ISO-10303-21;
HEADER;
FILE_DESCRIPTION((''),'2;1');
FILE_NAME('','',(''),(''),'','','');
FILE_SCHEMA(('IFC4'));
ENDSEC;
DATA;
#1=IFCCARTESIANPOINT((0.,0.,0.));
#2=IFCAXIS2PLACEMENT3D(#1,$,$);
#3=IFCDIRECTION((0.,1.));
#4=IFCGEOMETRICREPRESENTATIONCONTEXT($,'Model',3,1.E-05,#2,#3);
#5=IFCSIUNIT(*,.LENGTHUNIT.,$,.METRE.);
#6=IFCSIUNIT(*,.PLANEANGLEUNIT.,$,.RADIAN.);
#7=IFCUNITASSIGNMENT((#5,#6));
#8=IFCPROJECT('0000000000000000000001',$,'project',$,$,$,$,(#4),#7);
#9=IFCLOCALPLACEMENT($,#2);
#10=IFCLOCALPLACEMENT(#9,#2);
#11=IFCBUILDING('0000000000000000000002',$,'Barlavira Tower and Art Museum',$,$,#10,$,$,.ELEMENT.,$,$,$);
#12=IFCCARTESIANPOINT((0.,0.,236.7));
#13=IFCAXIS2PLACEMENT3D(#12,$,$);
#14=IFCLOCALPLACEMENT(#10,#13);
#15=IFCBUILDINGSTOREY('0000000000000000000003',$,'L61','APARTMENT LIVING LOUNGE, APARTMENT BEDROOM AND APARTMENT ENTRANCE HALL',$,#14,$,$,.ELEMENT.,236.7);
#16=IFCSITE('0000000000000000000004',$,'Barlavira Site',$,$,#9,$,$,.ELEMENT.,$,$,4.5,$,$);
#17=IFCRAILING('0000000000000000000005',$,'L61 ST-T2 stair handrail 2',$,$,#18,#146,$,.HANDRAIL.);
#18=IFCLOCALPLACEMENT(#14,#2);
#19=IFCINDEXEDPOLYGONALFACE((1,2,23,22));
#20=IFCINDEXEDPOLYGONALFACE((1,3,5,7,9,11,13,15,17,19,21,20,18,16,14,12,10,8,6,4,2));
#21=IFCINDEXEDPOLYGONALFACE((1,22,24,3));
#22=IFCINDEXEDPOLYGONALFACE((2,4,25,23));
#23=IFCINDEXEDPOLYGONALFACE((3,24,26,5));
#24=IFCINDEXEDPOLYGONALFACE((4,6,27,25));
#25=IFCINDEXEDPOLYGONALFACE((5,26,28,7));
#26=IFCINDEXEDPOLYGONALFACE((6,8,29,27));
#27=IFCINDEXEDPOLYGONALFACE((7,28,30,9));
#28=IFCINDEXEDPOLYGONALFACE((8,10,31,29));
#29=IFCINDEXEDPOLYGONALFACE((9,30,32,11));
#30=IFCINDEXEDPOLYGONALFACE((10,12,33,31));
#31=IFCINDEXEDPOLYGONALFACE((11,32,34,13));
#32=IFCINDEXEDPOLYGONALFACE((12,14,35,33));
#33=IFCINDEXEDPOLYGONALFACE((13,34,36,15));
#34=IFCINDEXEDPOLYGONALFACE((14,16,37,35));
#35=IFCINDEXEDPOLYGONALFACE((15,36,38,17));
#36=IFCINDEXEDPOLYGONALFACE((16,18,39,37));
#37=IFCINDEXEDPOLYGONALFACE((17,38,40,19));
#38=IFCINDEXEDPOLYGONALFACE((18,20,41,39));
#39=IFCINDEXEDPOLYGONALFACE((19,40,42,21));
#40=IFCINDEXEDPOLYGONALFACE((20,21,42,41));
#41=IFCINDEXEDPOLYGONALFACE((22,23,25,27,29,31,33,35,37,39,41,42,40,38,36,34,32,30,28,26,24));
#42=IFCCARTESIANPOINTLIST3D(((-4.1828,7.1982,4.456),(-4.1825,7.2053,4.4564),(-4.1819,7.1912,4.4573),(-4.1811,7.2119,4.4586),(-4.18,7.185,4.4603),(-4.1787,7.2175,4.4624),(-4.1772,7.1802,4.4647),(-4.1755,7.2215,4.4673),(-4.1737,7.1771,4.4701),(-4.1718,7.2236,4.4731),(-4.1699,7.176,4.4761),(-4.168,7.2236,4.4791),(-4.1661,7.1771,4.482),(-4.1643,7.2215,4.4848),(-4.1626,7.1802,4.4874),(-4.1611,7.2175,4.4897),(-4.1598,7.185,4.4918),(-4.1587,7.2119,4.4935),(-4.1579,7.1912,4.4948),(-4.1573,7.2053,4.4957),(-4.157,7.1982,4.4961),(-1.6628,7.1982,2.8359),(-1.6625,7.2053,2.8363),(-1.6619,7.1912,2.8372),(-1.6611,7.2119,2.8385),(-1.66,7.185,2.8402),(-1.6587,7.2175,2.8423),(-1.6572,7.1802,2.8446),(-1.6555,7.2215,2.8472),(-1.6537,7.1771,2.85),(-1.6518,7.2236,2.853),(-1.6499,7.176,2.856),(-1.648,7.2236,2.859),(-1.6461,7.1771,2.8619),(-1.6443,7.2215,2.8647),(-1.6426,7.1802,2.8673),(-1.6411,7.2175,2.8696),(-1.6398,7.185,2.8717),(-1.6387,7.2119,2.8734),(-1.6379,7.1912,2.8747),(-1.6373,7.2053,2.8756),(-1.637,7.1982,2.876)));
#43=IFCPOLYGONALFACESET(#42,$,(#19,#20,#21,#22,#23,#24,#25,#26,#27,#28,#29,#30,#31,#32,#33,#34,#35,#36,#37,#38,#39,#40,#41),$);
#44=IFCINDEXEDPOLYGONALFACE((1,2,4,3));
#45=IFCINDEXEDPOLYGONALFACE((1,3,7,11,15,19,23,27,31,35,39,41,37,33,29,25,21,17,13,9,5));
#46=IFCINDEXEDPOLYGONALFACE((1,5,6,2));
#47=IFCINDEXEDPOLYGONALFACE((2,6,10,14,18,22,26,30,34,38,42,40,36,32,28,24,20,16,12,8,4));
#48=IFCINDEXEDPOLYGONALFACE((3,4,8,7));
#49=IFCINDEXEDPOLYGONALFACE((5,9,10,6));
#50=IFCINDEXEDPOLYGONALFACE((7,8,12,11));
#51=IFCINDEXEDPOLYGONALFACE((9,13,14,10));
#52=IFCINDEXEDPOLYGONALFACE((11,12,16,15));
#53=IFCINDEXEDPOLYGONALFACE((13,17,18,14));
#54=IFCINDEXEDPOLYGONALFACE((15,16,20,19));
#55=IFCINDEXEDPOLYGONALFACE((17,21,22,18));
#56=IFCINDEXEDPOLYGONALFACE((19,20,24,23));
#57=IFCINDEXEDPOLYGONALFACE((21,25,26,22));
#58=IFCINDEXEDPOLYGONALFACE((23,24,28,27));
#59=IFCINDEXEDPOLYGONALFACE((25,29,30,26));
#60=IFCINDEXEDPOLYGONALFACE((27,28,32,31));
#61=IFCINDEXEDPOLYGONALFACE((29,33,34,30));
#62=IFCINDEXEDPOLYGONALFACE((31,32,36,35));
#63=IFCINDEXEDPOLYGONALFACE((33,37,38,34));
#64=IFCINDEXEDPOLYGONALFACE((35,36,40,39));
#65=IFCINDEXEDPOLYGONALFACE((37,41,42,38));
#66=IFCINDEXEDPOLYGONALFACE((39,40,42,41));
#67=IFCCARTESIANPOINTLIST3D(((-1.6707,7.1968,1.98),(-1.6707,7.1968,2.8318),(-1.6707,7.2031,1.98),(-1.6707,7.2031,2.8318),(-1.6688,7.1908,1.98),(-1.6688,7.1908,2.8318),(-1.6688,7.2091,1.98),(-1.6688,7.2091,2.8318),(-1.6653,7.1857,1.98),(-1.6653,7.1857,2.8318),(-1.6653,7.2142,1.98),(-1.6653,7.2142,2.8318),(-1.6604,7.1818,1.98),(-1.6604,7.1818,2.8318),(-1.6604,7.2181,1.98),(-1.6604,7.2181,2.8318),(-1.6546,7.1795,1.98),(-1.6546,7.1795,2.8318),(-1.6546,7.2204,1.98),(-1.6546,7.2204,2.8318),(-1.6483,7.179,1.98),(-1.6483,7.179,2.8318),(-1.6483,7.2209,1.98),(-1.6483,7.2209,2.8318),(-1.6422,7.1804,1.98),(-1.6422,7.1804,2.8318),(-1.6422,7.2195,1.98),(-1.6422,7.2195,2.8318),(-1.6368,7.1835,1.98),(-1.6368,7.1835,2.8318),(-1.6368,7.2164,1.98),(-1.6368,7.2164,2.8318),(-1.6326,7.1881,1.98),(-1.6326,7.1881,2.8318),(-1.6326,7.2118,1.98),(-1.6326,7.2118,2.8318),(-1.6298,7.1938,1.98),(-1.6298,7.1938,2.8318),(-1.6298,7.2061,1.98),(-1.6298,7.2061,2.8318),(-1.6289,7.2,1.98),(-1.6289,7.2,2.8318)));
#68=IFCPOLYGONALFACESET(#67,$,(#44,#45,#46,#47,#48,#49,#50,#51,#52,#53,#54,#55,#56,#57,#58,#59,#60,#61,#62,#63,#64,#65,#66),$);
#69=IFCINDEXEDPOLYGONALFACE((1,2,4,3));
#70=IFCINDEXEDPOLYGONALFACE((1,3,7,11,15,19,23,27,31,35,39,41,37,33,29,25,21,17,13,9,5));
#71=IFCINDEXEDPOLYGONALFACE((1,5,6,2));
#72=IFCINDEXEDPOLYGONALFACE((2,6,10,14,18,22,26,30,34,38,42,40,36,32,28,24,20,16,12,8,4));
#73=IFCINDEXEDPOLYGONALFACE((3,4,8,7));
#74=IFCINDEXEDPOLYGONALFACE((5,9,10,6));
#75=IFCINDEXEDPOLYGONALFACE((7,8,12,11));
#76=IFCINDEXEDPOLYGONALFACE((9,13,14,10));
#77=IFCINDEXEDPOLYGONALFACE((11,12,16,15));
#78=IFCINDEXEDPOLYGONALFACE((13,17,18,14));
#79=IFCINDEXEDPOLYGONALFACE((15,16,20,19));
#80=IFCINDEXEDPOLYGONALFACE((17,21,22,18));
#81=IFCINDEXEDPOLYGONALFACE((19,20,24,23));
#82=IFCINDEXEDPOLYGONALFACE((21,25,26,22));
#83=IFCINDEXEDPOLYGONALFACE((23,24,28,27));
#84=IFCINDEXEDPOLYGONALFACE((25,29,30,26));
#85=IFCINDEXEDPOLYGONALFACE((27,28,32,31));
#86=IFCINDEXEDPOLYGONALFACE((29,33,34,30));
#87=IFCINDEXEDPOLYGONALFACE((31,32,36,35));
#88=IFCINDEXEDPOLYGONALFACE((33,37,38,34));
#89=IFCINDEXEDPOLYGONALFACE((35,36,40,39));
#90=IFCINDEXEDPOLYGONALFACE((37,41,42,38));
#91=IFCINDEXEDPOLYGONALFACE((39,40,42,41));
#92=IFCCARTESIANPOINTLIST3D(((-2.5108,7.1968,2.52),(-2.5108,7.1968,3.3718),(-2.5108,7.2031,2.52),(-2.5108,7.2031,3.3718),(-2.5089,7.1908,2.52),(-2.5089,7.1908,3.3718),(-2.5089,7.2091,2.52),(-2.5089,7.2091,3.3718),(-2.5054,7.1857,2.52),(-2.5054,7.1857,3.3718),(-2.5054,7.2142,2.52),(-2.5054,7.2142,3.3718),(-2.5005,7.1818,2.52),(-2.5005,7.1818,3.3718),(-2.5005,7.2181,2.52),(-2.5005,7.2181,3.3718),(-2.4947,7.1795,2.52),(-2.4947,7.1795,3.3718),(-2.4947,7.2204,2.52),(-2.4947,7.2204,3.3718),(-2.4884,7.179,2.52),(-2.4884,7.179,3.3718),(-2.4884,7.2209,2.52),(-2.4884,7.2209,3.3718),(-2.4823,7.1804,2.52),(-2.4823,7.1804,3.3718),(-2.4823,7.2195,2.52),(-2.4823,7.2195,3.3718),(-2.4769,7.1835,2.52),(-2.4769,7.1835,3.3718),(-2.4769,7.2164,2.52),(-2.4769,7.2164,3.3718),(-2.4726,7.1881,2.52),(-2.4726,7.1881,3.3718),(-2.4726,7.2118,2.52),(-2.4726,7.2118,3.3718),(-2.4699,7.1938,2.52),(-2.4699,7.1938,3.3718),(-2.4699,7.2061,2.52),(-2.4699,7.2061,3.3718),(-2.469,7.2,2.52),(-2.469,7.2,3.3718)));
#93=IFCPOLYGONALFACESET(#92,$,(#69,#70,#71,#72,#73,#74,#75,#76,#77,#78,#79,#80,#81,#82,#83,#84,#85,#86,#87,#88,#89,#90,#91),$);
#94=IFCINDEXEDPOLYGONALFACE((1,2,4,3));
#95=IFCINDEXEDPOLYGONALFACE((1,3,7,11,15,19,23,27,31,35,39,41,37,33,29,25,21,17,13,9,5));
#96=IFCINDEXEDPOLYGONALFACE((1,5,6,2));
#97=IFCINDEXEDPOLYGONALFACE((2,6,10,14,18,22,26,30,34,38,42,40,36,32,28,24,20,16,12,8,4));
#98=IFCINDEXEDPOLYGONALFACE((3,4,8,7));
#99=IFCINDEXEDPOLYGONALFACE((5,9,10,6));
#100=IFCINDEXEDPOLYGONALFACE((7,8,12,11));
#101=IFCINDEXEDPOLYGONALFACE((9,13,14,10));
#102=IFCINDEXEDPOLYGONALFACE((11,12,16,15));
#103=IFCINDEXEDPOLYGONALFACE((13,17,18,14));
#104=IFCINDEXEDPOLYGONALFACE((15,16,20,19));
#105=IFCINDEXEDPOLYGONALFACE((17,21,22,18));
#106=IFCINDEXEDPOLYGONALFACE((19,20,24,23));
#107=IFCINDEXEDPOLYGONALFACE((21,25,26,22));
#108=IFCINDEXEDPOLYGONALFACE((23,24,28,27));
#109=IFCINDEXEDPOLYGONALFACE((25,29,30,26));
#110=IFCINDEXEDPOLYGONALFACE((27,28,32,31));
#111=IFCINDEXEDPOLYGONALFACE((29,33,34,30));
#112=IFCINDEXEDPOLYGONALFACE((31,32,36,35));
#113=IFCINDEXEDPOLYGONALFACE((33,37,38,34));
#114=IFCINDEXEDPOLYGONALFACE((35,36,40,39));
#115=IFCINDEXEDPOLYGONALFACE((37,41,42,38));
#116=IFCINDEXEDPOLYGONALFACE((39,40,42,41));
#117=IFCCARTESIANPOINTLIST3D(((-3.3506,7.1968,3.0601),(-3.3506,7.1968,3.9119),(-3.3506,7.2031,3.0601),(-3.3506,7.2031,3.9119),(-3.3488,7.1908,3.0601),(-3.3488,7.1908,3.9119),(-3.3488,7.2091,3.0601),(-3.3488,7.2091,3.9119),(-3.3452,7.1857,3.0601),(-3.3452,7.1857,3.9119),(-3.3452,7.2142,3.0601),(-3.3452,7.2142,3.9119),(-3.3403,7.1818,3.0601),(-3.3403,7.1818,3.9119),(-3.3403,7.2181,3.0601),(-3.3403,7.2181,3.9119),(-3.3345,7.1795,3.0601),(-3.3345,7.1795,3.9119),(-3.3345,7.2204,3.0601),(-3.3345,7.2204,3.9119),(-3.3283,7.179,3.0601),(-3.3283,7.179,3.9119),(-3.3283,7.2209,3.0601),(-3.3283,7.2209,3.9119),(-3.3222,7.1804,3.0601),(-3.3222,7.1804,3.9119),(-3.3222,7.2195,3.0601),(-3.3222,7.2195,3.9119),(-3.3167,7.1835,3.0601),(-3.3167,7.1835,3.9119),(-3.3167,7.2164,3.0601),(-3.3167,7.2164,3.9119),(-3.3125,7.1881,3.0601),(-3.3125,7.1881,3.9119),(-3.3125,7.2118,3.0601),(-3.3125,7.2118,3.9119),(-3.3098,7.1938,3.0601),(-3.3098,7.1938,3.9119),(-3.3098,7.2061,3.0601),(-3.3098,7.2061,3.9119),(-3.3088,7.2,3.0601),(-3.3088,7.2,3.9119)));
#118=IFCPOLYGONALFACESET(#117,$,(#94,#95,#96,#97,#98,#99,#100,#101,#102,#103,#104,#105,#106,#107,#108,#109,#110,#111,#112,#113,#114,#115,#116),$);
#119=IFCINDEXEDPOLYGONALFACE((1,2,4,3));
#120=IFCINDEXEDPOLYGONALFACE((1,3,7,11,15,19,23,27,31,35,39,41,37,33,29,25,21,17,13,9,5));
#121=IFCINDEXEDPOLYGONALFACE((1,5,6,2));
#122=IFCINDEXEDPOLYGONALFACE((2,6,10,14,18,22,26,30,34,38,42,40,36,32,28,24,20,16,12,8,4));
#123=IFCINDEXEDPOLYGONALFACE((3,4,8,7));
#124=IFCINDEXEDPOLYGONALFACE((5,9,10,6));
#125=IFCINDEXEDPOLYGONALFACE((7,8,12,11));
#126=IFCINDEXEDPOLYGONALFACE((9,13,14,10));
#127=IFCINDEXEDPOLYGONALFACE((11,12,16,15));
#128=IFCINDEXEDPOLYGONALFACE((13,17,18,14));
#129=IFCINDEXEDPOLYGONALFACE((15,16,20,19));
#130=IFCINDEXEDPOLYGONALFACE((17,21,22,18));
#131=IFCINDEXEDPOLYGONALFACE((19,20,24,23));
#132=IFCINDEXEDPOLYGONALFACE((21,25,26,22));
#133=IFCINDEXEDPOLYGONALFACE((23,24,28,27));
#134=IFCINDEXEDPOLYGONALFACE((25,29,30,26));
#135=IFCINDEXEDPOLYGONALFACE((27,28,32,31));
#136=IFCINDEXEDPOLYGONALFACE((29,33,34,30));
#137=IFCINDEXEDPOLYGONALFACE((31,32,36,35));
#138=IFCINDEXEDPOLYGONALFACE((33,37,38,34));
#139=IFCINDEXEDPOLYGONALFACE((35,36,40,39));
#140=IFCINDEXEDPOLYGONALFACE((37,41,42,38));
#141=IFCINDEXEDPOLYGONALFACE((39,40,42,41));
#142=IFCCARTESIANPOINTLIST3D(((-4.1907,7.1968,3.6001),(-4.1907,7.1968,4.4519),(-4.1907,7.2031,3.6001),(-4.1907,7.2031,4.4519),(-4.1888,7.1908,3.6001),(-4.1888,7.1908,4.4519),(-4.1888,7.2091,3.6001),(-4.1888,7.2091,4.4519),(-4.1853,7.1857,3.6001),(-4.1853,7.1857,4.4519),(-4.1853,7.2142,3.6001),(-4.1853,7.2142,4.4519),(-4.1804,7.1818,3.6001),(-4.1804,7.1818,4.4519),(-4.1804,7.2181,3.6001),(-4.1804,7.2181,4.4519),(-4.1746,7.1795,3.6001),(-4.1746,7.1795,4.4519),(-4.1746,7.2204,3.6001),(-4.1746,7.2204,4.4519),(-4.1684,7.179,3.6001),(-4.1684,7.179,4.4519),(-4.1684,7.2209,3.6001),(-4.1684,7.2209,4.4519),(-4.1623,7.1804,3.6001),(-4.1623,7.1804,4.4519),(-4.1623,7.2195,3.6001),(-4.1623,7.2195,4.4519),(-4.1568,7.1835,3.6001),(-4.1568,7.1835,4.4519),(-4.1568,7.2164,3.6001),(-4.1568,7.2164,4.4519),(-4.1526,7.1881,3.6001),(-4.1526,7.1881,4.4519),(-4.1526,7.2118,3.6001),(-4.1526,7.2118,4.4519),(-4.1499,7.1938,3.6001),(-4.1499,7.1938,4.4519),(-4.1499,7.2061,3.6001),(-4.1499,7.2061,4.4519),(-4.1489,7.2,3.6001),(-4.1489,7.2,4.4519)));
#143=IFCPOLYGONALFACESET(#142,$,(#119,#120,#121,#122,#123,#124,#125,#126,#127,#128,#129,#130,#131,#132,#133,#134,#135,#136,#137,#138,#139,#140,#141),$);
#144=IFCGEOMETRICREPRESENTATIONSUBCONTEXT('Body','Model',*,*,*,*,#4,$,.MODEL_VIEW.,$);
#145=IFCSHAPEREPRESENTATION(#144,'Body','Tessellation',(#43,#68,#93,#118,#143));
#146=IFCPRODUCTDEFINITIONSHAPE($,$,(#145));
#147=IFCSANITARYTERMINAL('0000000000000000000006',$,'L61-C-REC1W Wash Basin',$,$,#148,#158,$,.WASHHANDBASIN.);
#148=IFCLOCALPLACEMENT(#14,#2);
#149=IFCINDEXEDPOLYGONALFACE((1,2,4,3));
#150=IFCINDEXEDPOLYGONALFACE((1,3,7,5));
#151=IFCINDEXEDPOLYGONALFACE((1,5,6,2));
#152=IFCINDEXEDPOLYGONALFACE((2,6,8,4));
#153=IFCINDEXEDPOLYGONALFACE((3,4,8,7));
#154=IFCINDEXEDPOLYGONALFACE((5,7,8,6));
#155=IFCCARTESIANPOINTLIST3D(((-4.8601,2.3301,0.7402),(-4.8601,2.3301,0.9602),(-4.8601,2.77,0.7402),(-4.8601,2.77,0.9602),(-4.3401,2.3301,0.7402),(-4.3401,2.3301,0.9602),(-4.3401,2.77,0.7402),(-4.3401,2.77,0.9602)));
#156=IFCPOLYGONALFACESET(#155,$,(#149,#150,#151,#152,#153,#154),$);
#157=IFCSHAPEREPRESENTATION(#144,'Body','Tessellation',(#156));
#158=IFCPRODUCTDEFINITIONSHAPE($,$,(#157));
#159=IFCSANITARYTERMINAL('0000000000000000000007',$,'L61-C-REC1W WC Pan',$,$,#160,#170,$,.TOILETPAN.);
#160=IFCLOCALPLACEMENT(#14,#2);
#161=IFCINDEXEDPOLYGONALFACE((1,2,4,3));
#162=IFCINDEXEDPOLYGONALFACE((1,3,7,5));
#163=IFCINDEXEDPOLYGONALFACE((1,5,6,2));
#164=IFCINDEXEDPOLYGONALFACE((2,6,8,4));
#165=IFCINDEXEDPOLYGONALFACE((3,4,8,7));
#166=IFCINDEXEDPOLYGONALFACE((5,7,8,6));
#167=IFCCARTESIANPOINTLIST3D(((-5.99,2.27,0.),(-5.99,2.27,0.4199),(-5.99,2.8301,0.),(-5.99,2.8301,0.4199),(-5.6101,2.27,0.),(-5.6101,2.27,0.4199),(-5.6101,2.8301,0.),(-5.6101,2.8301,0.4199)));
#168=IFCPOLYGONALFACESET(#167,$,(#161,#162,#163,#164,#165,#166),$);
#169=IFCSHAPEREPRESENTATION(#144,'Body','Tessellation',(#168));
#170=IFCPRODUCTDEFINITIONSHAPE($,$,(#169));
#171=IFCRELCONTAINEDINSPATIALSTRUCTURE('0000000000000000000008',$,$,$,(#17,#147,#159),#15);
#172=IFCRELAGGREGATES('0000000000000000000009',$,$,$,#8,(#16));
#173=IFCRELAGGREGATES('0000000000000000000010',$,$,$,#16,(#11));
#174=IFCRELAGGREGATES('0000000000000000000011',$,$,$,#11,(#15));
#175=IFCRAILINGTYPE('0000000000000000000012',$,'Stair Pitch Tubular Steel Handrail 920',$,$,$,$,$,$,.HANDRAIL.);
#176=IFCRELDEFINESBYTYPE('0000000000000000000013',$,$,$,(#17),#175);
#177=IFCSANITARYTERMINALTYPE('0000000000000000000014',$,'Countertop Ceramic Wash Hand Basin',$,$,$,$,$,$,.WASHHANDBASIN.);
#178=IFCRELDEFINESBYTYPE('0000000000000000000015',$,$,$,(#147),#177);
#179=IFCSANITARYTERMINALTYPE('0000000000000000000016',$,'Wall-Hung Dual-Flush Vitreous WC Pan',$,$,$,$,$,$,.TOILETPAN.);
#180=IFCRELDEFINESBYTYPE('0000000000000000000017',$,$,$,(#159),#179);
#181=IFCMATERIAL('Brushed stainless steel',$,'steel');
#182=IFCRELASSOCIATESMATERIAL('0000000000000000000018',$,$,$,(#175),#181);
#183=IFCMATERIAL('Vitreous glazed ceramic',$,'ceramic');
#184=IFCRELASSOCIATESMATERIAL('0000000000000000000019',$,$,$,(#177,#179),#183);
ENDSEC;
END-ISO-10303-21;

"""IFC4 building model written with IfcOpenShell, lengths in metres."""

from ifc_helpers import new_model, si_unit, direction, frame, origin, origin_2d, place, context, subcontext, project, spatial, rectangle, circle, extrude, material, type_object, element, save


model = new_model("IFC4")

# Units and contexts
model_context = context("Model", 3, precision=1e-05, world=origin(), true_north=direction((0.0, 1.0)))
body_context = subcontext(model_context, "Body", "Model", "MODEL_VIEW")
ifc_project = project(units=[si_unit("LENGTHUNIT", "METRE"), si_unit("PLANEANGLEUNIT", "RADIAN")], contexts=[model_context])

# Site, building, storey
site_placement = place(None, origin())
site = spatial("IfcSite", under=ifc_project, at=site_placement, Name="Barlavira Site", CompositionType="ELEMENT", RefElevation=4.5)
building_placement = place(site_placement, origin())
building = spatial("IfcBuilding", under=site, at=building_placement, Name="Barlavira Tower and Art Museum", CompositionType="ELEMENT")
storey_placement = place(building_placement, frame((0.0, 0.0, 236.7)))
storey = spatial("IfcBuildingStorey", under=building, at=storey_placement, Name="L61", Description="APARTMENT LIVING LOUNGE, APARTMENT BEDROOM AND APARTMENT ENTRANCE HALL", CompositionType="ELEMENT", Elevation=236.7)

# Shared definitions
ifc_material_1 = material(Name="Brushed stainless steel", Category="steel")

# Railing
railing_type_1 = type_object("IfcRailingType", Name="Stair Pitch Tubular Steel Handrail 920", PredefinedType="HANDRAIL", material=ifc_material_1)
railing_1_placement = place(storey_placement, frame((-1.6499, 7.2, 1.98)))
element("IfcRailing", 1, at=railing_1_placement, inside=storey, type_object=railing_type_1, Name="L61 ST-T2 stair handrail 2", PredefinedType="HANDRAIL", context=body_context, shape_type="SweptSolid", body=[
    extrude(circle(Radius=0.0239, at=origin_2d()), frame((0.0, 0.0, 0.876), z_axis=(-0.841163, 0.0, 0.540782), x_axis=(0.0, -1.0, 0.0)), (0.0, 0.0, 1.0), 2.9958),
    extrude(circle(Radius=0.021, at=origin_2d()), origin(), (0.0, 0.0, 1.0), 0.8518),
    extrude(circle(Radius=0.021, at=origin_2d()), frame((-0.8401, 0.0, 0.54)), (0.0, 0.0, 1.0), 0.8518),
    extrude(circle(Radius=0.021, at=origin_2d()), frame((-1.6799, 0.0, 1.0801)), (0.0, 0.0, 1.0), 0.8518),
    extrude(circle(Radius=0.021, at=origin_2d()), frame((-2.52, 0.0, 1.6201)), (0.0, 0.0, 1.0), 0.8518),
])

# Sanitary terminals
ifc_material_2 = material(Name="Vitreous glazed ceramic", Category="ceramic")
sanitary_terminal_type_1 = type_object("IfcSanitaryTerminalType", Name="Countertop Ceramic Wash Hand Basin", PredefinedType="WASHHANDBASIN", material=ifc_material_2)
sanitary_terminal_1_placement = place(storey_placement, frame((-4.6001, 2.55, 0.7402), z_axis=(0.0, 0.0, 1.0), x_axis=(1.0, 0.0, 0.0)))
element("IfcSanitaryTerminal", 2, at=sanitary_terminal_1_placement, inside=storey, type_object=sanitary_terminal_type_1, Name="L61-C-REC1W Wash Basin", PredefinedType="WASHHANDBASIN", context=body_context, shape_type="SweptSolid", body=[
    extrude(rectangle(XDim=0.52, YDim=0.4399, at=origin_2d()), origin(), (0.0, 0.0, 1.0), 0.22),
])
sanitary_terminal_type_2 = type_object("IfcSanitaryTerminalType", Name="Wall-Hung Dual-Flush Vitreous WC Pan", PredefinedType="TOILETPAN", material=ifc_material_2)
sanitary_terminal_2_placement = place(storey_placement, frame((-5.8, 2.55, 0.0), z_axis=(0.0, 0.0, 1.0), x_axis=(1.0, 0.0, 0.0)))
element("IfcSanitaryTerminal", 3, at=sanitary_terminal_2_placement, inside=storey, type_object=sanitary_terminal_type_2, Name="L61-C-REC1W WC Pan", PredefinedType="TOILETPAN", context=body_context, shape_type="SweptSolid", body=[
    extrude(rectangle(XDim=0.3799, YDim=0.5601, at=origin_2d()), origin(), (0.0, 0.0, 1.0), 0.4199),
])

save(model, "model.ifc")
